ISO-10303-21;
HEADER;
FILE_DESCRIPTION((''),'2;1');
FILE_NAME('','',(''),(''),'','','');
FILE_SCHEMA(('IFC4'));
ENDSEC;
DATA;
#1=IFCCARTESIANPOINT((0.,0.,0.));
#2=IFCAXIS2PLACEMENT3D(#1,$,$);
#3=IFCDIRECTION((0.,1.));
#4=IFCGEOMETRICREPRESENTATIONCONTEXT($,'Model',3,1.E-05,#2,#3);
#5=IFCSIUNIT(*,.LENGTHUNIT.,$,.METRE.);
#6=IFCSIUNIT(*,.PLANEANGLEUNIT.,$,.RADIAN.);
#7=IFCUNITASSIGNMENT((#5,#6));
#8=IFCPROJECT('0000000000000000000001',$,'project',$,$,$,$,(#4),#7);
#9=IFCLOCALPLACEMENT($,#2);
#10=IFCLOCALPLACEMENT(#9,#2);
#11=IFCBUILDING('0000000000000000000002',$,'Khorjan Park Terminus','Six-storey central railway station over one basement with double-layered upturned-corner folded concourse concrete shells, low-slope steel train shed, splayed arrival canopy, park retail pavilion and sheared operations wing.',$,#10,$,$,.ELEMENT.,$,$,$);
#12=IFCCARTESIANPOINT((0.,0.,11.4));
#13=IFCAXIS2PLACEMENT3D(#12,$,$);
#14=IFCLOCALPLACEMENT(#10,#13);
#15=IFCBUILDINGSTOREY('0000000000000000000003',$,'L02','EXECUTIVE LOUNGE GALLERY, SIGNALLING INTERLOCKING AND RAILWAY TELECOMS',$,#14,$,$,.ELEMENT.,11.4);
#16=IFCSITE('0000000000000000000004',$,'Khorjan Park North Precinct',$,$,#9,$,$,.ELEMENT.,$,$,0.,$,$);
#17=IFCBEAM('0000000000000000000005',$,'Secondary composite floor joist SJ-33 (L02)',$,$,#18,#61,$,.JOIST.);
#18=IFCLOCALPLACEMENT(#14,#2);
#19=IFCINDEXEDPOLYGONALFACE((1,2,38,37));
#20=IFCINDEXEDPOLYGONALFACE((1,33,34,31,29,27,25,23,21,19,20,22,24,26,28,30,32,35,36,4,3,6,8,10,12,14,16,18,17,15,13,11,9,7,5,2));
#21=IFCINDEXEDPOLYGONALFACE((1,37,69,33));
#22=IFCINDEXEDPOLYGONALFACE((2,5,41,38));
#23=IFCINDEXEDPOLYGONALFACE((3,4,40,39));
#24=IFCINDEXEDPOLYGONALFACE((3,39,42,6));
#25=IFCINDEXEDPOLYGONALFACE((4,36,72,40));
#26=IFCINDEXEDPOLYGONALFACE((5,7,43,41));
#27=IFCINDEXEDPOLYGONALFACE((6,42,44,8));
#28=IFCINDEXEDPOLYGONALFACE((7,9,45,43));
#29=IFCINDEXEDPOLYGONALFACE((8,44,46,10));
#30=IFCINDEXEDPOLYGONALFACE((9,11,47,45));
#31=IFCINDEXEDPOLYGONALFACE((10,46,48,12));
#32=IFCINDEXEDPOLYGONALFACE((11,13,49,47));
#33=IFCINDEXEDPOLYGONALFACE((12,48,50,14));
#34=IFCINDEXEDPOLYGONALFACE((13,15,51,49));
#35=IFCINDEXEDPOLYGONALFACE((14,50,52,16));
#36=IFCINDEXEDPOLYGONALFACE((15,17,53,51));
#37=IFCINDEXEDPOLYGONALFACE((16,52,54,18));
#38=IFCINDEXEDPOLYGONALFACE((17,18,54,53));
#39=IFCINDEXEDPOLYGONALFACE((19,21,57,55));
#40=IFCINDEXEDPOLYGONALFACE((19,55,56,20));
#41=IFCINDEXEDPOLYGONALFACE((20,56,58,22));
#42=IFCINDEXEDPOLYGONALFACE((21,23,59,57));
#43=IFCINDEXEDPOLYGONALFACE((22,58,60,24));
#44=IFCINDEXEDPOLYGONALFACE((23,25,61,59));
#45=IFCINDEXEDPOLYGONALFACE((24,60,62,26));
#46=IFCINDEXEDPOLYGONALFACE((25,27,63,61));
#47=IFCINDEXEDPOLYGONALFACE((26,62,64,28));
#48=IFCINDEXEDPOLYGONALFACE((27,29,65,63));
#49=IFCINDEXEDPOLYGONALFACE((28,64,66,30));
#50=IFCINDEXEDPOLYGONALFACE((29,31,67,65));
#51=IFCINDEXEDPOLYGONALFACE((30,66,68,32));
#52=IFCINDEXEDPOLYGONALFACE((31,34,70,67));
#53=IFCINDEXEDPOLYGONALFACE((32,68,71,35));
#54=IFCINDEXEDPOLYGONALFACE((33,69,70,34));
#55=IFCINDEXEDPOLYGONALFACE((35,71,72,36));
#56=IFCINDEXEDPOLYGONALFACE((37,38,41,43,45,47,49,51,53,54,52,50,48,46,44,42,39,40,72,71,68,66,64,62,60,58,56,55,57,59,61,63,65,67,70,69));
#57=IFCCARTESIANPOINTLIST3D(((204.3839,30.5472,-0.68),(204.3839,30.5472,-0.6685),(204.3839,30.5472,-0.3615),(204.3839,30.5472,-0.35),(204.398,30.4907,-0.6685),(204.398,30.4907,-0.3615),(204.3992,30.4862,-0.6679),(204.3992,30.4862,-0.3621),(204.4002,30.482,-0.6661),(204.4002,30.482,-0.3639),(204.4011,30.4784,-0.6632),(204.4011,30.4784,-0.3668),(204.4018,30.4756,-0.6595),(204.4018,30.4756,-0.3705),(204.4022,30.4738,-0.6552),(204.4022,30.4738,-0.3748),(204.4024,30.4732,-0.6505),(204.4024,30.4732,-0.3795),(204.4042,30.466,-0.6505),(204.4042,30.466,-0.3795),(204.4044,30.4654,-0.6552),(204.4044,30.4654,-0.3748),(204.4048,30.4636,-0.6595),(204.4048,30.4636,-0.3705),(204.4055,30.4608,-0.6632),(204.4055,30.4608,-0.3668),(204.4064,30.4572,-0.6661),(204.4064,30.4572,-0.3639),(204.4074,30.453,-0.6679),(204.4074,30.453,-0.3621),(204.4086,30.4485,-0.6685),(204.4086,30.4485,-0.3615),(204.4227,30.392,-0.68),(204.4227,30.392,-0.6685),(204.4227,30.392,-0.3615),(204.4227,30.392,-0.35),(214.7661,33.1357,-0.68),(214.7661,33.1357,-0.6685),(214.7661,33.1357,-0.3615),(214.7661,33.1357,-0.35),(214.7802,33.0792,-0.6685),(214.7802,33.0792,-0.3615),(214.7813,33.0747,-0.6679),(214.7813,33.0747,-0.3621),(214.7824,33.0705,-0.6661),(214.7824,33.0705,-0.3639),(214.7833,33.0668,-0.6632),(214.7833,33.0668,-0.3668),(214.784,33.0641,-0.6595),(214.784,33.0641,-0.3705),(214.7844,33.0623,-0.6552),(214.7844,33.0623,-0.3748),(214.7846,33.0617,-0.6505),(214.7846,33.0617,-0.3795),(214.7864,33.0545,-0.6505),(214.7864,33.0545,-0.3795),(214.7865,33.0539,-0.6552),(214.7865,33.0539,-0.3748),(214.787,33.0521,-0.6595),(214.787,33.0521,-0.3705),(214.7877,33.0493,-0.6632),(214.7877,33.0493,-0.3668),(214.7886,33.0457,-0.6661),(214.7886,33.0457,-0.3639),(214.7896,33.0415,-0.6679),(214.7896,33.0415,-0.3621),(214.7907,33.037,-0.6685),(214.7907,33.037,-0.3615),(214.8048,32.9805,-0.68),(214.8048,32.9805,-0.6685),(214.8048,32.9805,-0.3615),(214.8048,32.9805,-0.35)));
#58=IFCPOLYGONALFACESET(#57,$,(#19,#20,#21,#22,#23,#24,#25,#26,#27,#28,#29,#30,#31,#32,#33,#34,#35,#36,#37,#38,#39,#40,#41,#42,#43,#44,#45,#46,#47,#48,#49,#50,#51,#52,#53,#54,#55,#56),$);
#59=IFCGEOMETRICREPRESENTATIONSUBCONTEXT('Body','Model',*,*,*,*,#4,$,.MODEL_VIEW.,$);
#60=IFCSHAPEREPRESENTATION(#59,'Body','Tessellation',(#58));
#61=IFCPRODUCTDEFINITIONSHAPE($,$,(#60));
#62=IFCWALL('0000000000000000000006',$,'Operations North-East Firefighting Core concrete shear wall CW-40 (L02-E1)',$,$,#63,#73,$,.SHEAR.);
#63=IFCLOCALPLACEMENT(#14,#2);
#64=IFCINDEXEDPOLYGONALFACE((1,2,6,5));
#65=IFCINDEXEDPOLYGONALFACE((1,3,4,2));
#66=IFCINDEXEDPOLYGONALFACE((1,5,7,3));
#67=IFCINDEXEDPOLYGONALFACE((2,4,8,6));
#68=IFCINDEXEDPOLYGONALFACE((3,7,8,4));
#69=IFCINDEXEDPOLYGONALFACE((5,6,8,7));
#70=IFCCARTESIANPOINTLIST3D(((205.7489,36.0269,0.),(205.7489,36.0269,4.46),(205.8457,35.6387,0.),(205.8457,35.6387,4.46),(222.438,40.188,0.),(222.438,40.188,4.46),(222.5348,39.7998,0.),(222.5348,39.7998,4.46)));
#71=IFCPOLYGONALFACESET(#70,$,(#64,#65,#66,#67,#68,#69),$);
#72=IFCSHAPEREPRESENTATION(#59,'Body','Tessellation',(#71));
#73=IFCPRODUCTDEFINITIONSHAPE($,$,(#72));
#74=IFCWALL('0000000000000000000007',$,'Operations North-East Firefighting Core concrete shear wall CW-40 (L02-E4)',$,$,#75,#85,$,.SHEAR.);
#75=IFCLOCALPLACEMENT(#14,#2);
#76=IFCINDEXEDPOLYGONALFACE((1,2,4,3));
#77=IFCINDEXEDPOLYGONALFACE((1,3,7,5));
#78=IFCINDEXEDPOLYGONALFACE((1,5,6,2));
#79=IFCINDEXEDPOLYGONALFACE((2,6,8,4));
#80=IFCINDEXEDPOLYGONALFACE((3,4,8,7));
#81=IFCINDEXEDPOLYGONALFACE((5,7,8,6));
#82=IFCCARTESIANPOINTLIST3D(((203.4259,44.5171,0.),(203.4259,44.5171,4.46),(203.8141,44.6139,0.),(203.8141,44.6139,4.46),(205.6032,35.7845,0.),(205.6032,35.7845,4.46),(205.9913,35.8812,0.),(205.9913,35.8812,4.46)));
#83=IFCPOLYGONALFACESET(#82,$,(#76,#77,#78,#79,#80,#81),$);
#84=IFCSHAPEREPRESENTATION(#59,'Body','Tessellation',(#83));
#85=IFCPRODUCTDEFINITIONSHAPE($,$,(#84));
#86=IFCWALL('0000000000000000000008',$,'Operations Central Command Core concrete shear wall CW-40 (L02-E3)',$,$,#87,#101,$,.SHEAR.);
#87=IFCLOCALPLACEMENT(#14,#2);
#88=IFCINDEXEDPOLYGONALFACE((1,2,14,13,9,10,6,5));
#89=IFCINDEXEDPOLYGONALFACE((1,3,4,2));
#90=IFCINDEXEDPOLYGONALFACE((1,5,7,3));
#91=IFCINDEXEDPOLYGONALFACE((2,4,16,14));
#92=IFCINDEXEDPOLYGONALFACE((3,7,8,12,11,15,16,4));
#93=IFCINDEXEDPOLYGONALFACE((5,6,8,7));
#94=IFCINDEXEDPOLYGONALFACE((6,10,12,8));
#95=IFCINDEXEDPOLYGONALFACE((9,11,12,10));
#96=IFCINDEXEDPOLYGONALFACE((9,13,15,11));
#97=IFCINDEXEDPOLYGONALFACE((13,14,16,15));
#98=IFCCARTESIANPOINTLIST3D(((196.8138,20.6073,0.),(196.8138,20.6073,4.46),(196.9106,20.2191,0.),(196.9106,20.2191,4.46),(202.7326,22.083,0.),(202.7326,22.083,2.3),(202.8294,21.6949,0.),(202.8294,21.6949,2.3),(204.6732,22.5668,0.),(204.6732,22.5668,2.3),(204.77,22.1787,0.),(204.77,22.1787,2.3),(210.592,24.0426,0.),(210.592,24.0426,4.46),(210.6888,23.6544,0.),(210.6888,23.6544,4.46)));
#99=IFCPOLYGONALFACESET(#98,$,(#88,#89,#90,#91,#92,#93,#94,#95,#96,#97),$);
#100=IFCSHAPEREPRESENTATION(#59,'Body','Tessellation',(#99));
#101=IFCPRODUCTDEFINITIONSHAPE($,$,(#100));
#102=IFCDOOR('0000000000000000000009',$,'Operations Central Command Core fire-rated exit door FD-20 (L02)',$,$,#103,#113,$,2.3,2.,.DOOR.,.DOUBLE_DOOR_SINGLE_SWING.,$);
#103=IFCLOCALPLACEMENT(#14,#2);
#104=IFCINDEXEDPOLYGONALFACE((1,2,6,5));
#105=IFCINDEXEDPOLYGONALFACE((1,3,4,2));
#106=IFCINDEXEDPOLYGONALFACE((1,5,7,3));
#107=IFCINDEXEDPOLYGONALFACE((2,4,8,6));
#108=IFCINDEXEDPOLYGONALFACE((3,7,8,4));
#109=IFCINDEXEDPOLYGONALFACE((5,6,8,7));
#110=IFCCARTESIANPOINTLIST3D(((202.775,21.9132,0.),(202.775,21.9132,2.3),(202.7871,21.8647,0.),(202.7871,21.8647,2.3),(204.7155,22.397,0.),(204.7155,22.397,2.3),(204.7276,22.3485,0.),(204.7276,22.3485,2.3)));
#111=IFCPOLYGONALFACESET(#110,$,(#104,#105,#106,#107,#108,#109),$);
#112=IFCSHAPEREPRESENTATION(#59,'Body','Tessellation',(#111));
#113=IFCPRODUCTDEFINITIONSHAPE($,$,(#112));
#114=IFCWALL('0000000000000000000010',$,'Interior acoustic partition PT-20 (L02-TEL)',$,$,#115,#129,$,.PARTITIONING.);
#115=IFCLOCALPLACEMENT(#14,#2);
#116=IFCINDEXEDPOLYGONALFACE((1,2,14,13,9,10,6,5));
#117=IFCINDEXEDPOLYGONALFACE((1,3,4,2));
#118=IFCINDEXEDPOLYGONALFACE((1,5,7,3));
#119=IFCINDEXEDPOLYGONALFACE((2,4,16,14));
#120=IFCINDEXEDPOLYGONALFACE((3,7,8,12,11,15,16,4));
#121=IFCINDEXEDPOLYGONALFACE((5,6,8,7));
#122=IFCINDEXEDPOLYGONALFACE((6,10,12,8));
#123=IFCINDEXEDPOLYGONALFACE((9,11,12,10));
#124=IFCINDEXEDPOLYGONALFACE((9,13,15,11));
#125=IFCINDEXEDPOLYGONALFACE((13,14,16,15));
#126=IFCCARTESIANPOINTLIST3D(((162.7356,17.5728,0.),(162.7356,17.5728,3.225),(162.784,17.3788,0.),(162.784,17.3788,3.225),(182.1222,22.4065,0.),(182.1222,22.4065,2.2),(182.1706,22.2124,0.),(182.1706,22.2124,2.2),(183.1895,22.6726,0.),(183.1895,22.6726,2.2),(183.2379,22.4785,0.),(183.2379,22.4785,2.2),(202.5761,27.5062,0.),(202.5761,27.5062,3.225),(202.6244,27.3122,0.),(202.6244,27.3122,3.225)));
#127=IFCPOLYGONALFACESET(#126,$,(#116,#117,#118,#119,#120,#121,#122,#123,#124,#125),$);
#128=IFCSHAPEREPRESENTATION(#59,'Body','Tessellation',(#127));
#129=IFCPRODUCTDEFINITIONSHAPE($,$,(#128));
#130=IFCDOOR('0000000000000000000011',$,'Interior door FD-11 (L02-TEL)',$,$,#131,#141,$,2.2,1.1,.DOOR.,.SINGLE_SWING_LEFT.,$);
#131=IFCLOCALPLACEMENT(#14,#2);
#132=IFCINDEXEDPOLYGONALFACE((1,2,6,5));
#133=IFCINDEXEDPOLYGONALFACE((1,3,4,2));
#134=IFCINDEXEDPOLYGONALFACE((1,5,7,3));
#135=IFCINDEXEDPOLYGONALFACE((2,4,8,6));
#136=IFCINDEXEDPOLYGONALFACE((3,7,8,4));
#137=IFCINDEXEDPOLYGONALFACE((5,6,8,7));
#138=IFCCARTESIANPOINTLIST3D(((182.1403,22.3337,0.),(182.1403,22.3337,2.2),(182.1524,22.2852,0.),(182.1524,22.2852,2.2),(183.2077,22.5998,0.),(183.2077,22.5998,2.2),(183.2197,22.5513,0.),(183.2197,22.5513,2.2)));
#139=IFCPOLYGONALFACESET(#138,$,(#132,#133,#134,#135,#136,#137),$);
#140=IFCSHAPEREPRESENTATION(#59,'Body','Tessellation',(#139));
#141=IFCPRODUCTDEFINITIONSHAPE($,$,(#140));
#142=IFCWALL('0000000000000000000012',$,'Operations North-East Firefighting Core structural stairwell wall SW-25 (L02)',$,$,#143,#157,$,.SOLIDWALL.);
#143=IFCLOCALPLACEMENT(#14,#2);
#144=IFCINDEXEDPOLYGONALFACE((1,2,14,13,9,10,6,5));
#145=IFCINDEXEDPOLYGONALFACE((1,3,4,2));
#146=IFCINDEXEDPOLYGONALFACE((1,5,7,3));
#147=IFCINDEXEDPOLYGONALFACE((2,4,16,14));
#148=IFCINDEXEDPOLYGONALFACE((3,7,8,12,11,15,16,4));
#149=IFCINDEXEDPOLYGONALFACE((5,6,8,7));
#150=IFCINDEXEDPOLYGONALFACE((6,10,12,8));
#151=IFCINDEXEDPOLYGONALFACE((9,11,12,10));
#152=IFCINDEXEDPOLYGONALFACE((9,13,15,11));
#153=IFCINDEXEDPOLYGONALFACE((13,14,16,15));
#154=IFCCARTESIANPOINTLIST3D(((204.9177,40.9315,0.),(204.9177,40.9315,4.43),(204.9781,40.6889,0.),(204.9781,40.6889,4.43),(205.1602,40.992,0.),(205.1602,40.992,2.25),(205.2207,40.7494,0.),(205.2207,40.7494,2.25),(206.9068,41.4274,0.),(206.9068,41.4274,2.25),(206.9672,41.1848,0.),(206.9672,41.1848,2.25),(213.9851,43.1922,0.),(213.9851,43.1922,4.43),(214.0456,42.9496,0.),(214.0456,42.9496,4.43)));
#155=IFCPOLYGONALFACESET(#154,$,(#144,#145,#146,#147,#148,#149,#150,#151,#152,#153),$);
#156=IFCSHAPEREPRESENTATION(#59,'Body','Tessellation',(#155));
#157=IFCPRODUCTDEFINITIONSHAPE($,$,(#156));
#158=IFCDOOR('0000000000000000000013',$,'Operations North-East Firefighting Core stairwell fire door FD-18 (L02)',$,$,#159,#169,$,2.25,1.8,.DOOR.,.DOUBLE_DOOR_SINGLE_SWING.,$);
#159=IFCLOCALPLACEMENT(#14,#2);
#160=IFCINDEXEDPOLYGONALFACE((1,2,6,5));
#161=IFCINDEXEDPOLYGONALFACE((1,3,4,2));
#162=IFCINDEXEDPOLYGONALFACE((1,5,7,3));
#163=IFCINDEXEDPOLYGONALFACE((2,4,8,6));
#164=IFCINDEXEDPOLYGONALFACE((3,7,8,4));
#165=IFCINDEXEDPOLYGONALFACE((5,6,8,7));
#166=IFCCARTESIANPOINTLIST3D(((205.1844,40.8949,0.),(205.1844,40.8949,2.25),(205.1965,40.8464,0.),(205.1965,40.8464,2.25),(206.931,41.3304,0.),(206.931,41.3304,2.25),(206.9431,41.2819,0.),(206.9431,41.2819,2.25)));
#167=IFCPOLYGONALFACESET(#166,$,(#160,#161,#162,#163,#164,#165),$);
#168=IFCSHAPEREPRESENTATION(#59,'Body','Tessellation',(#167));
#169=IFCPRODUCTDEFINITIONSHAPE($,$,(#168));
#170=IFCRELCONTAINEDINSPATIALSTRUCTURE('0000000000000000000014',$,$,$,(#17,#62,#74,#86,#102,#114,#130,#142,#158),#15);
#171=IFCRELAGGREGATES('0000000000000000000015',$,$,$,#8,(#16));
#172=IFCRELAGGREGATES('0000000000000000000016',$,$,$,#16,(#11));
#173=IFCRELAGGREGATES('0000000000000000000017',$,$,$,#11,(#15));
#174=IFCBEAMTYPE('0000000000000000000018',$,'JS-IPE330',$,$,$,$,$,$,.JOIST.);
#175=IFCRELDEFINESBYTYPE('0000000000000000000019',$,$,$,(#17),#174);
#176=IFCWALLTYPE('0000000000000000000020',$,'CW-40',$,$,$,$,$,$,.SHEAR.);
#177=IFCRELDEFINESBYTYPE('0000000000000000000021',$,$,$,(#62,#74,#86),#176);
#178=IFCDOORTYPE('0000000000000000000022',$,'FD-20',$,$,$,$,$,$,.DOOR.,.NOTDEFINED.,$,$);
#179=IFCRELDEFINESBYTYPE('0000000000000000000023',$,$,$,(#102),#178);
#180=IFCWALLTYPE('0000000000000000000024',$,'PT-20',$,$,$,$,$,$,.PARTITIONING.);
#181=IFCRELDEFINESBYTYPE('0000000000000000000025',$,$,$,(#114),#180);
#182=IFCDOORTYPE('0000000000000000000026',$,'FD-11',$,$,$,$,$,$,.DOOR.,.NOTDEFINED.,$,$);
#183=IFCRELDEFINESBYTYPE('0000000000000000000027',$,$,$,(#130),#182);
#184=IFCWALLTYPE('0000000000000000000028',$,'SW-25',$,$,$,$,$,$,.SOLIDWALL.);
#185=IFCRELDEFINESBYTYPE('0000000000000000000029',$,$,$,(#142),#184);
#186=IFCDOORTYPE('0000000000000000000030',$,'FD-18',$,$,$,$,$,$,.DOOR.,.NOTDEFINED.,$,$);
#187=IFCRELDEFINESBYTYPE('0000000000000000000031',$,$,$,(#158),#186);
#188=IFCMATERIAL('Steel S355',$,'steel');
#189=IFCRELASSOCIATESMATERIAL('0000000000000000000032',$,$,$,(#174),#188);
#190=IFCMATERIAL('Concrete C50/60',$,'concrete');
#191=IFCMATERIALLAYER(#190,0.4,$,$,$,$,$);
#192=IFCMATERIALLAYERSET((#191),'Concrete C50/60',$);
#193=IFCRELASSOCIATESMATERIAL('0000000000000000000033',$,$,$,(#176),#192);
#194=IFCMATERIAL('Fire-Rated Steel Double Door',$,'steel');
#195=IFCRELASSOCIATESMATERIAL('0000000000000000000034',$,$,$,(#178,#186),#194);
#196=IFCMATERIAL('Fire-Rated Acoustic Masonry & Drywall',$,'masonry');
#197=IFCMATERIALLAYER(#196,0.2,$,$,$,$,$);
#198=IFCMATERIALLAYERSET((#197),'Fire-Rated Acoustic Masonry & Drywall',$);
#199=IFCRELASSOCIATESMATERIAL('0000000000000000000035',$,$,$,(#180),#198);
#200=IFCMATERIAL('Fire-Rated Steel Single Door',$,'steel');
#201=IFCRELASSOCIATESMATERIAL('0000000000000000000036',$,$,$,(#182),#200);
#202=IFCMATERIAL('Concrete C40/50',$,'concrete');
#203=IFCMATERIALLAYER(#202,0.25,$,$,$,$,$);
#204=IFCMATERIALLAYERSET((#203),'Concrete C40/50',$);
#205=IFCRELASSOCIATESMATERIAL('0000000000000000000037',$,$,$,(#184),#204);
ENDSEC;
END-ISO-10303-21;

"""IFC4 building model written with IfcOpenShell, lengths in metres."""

from ifc_helpers import new_model, si_unit, direction, frame, frame_2d, origin, origin_2d, place, context, subcontext, project, spatial, rectangle, i_section, extrude, material, layer, layer_set, material_profile, profile_set, type_object, element, fill, save


model = new_model("IFC4")

# Units and contexts
model_context = context("Model", 3, precision=1e-05, world=origin(), true_north=direction((0.0, 1.0)))
body_context = subcontext(model_context, "Body", "Model", "MODEL_VIEW")
ifc_project = project(units=[si_unit("LENGTHUNIT", "METRE"), si_unit("PLANEANGLEUNIT", "RADIAN")], contexts=[model_context])

# Site, building, storey
site_placement = place(None, origin())
site = spatial("IfcSite", under=ifc_project, at=site_placement, Name="Khorjan Park North Precinct", CompositionType="ELEMENT", RefElevation=0.0)
building_placement = place(site_placement, origin())
building = spatial("IfcBuilding", under=site, at=building_placement, Name="Khorjan Park Terminus", Description="Six-storey central railway station over one basement with double-layered upturned-corner folded concourse concrete shells, low-slope steel train shed, splayed arrival canopy, park retail pavilion and sheared operations wing.", CompositionType="ELEMENT")
storey_placement = place(building_placement, frame((0.0, 0.0, 11.4)))
storey = spatial("IfcBuildingStorey", under=building, at=storey_placement, Name="L02", Description="EXECUTIVE LOUNGE GALLERY, SIGNALLING INTERLOCKING AND RAILWAY TELECOMS", CompositionType="ELEMENT", Elevation=11.4)

# Shared definitions
ifc_material_1 = material(Name="Concrete C50/60", Category="concrete")

# Beam
ifc_material_2 = material(Name="Steel S355", Category="steel")
ifc_material_3 = material(Name="Concrete C40/50", Category="concrete")
ifc_material_profile_1 = material_profile(ifc_material_2, i_section(OverallWidth=0.16, OverallDepth=0.33, WebThickness=0.0075, FlangeThickness=0.0115, FilletRadius=0.018, at=origin_2d()), Name="IPE 330")
ifc_profile_set_1 = profile_set([ifc_material_profile_1], Name="Steel S355")
beam_type_1 = type_object("IfcBeamType", Name="JS-IPE330", PredefinedType="JOIST", material=ifc_profile_set_1)
beam_1_placement = place(storey_placement, frame((204.4033, 30.4696, -0.515), z_axis=(0.970297, 0.241915, 0.0), x_axis=(-0.241915, 0.970297, 0.0)))
element("IfcBeam", 1, at=beam_1_placement, inside=storey, type_object=beam_type_1, Name="Secondary composite floor joist SJ-33 (L02)", PredefinedType="JOIST", context=body_context, shape_type="SweptSolid", body=[
    extrude(i_section(OverallWidth=0.16, OverallDepth=0.33, WebThickness=0.0075, FlangeThickness=0.0115, FilletRadius=0.018, at=origin_2d()), origin(), (0.0, 0.0, 1.0), 10.7),
])

# Walls
ifc_layer_1 = layer(ifc_material_1, 0.4)
ifc_layer_set_1 = layer_set([ifc_layer_1], Name="Concrete C50/60")
wall_type_1 = type_object("IfcWallType", Name="CW-40", PredefinedType="SHEAR", material=ifc_layer_set_1)
wall_1_placement = place(storey_placement, frame((205.7973, 35.8328, 0.0), z_axis=(0.0, 0.0, 1.0), x_axis=(0.970295, 0.241924, 0.0)))
element("IfcWall", 2, at=wall_1_placement, inside=storey, type_object=wall_type_1, Name="Operations North-East Firefighting Core concrete shear wall CW-40 (L02-E1)", PredefinedType="SHEAR", context=body_context, shape_type="SweptSolid", body=[
    extrude(rectangle(XDim=17.2, YDim=0.4, at=frame_2d((8.6, 0.0))), origin(), (0.0, 0.0, 1.0), 4.46),
])
wall_2_placement = place(storey_placement, frame((203.62, 44.5655, 0.0), z_axis=(0.0, 0.0, 1.0), x_axis=(0.241921, -0.970296, 0.0)))
element("IfcWall", 3, at=wall_2_placement, inside=storey, type_object=wall_type_1, Name="Operations North-East Firefighting Core concrete shear wall CW-40 (L02-E4)", PredefinedType="SHEAR", context=body_context, shape_type="SweptSolid", body=[
    extrude(rectangle(XDim=9.0, YDim=0.4, at=frame_2d((4.5, 0.0))), origin(), (0.0, 0.0, 1.0), 4.46),
])

# Walls, openings, doors
wall_3_placement = place(storey_placement, frame((210.6404, 23.8485, 0.0), z_axis=(0.0, 0.0, 1.0), x_axis=(-0.970296, -0.241922, 0.0)))
wall_3 = element("IfcWall", 4, at=wall_3_placement, inside=storey, type_object=wall_type_1, Name="Operations Central Command Core concrete shear wall CW-40 (L02-E3)", PredefinedType="SHEAR", context=body_context, shape_type="SweptSolid", body=[
    extrude(rectangle(XDim=14.2, YDim=0.4, at=frame_2d((7.1, 0.0))), origin(), (0.0, 0.0, 1.0), 4.46),
])
opening_1_placement = place(wall_3_placement, frame((6.1, 0.0, 0.0)))
opening_1 = element("IfcOpeningElement", 5, at=opening_1_placement, cuts=wall_3, PredefinedType="OPENING", context=body_context, shape_type="SweptSolid", body=[
    extrude(rectangle(XDim=2.0, YDim=2.3, at=frame_2d((1.0, 1.15))), frame((0.0, 0.21, 0.0), z_axis=(0.0, -1.0, 0.0), x_axis=(1.0, 0.0, 0.0)), (0.0, 0.0, 1.0), 0.42),
])
ifc_material_4 = material(Name="Fire-Rated Steel Double Door", Category="steel")
door_type_1 = type_object("IfcDoorType", Name="FD-20", OperationType="NOTDEFINED", PredefinedType="DOOR", material=ifc_material_4)
door_1_placement = place(opening_1_placement, origin())
door_1 = element("IfcDoor", 6, at=door_1_placement, inside=storey, type_object=door_type_1, Name="Operations Central Command Core fire-rated exit door FD-20 (L02)", OperationType="DOUBLE_DOOR_SINGLE_SWING", OverallHeight=2.3, OverallWidth=2.0, PredefinedType="DOOR", context=body_context, shape_type="SweptSolid", body=[
    extrude(rectangle(XDim=2.0, YDim=2.3, at=frame_2d((1.0, 1.15))), frame((0.0, 0.025, 0.0), z_axis=(0.0, -1.0, 0.0), x_axis=(1.0, 0.0, 0.0)), (0.0, 0.0, 1.0), 0.05),
])
fill(opening_1, door_1)
ifc_material_5 = material(Name="Fire-Rated Acoustic Masonry & Drywall", Category="masonry")
ifc_layer_2 = layer(ifc_material_5, 0.2)
ifc_layer_set_2 = layer_set([ifc_layer_2], Name="Fire-Rated Acoustic Masonry & Drywall")
wall_type_2 = type_object("IfcWallType", Name="PT-20", PredefinedType="PARTITIONING", material=ifc_layer_set_2)
wall_4_placement = place(storey_placement, frame((202.6002, 27.4092, 0.0), z_axis=(0.0, 0.0, 1.0), x_axis=(-0.970295, -0.241924, 0.0)))
wall_4 = element("IfcWall", 7, at=wall_4_placement, inside=storey, type_object=wall_type_2, Name="Interior acoustic partition PT-20 (L02-TEL)", PredefinedType="PARTITIONING", context=body_context, shape_type="SweptSolid", body=[
    extrude(rectangle(XDim=41.0601, YDim=0.2, at=frame_2d((20.53, 0.0))), origin(), (0.0, 0.0, 1.0), 3.225),
])
opening_2_placement = place(wall_4_placement, frame((19.98, 0.0, 0.0)))
opening_2 = element("IfcOpeningElement", 8, at=opening_2_placement, cuts=wall_4, PredefinedType="OPENING", context=body_context, shape_type="SweptSolid", body=[
    extrude(rectangle(XDim=1.1, YDim=2.2, at=frame_2d((0.55, 1.1))), frame((0.0, 0.11, 0.0), z_axis=(0.0, -1.0, 0.0), x_axis=(1.0, 0.0, 0.0)), (0.0, 0.0, 1.0), 0.22),
])
ifc_material_6 = material(Name="Fire-Rated Steel Single Door", Category="steel")
door_type_2 = type_object("IfcDoorType", Name="FD-11", OperationType="NOTDEFINED", PredefinedType="DOOR", material=ifc_material_6)
door_2_placement = place(opening_2_placement, origin())
door_2 = element("IfcDoor", 9, at=door_2_placement, inside=storey, type_object=door_type_2, Name="Interior door FD-11 (L02-TEL)", OperationType="SINGLE_SWING_LEFT", OverallHeight=2.2, OverallWidth=1.1, PredefinedType="DOOR", context=body_context, shape_type="SweptSolid", body=[
    extrude(rectangle(XDim=1.1, YDim=2.2, at=frame_2d((0.55, 1.1))), frame((0.0, 0.025, 0.0), z_axis=(0.0, -1.0, 0.0), x_axis=(1.0, 0.0, 0.0)), (0.0, 0.0, 1.0), 0.05),
])
fill(opening_2, door_2)
ifc_layer_3 = layer(ifc_material_3, 0.25)
ifc_layer_set_3 = layer_set([ifc_layer_3], Name="Concrete C40/50")
wall_type_3 = type_object("IfcWallType", Name="SW-25", PredefinedType="SOLIDWALL", material=ifc_layer_set_3)
wall_5_placement = place(storey_placement, frame((204.9479, 40.8102, 0.0), z_axis=(0.0, 0.0, 1.0), x_axis=(0.970297, 0.241916, 0.0)))
wall_5 = element("IfcWall", 10, at=wall_5_placement, inside=storey, type_object=wall_type_3, Name="Operations North-East Firefighting Core structural stairwell wall SW-25 (L02)", PredefinedType="SOLIDWALL", context=body_context, shape_type="SweptSolid", body=[
    extrude(rectangle(XDim=9.345, YDim=0.25, at=frame_2d((4.6725, 0.0))), origin(), (0.0, 0.0, 1.0), 4.43),
])
opening_3_placement = place(wall_5_placement, frame((0.25, 0.0, 0.0)))
opening_3 = element("IfcOpeningElement", 11, at=opening_3_placement, cuts=wall_5, PredefinedType="OPENING", context=body_context, shape_type="SweptSolid", body=[
    extrude(rectangle(XDim=1.8, YDim=2.25, at=frame_2d((0.9, 1.125))), frame((0.0, 0.135, 0.0), z_axis=(0.0, -1.0, 0.0), x_axis=(1.0, 0.0, 0.0)), (0.0, 0.0, 1.0), 0.27),
])
door_type_3 = type_object("IfcDoorType", Name="FD-18", OperationType="NOTDEFINED", PredefinedType="DOOR", material=ifc_material_4)
door_3_placement = place(opening_3_placement, origin())
door_3 = element("IfcDoor", 12, at=door_3_placement, inside=storey, type_object=door_type_3, Name="Operations North-East Firefighting Core stairwell fire door FD-18 (L02)", OperationType="DOUBLE_DOOR_SINGLE_SWING", OverallHeight=2.25, OverallWidth=1.8, PredefinedType="DOOR", context=body_context, shape_type="SweptSolid", body=[
    extrude(rectangle(XDim=1.8, YDim=2.25, at=frame_2d((0.9, 1.125))), frame((0.0, 0.025, 0.0), z_axis=(0.0, -1.0, 0.0), x_axis=(1.0, 0.0, 0.0)), (0.0, 0.0, 1.0), 0.05),
])
fill(opening_3, door_3)

save(model, "model.ifc")
